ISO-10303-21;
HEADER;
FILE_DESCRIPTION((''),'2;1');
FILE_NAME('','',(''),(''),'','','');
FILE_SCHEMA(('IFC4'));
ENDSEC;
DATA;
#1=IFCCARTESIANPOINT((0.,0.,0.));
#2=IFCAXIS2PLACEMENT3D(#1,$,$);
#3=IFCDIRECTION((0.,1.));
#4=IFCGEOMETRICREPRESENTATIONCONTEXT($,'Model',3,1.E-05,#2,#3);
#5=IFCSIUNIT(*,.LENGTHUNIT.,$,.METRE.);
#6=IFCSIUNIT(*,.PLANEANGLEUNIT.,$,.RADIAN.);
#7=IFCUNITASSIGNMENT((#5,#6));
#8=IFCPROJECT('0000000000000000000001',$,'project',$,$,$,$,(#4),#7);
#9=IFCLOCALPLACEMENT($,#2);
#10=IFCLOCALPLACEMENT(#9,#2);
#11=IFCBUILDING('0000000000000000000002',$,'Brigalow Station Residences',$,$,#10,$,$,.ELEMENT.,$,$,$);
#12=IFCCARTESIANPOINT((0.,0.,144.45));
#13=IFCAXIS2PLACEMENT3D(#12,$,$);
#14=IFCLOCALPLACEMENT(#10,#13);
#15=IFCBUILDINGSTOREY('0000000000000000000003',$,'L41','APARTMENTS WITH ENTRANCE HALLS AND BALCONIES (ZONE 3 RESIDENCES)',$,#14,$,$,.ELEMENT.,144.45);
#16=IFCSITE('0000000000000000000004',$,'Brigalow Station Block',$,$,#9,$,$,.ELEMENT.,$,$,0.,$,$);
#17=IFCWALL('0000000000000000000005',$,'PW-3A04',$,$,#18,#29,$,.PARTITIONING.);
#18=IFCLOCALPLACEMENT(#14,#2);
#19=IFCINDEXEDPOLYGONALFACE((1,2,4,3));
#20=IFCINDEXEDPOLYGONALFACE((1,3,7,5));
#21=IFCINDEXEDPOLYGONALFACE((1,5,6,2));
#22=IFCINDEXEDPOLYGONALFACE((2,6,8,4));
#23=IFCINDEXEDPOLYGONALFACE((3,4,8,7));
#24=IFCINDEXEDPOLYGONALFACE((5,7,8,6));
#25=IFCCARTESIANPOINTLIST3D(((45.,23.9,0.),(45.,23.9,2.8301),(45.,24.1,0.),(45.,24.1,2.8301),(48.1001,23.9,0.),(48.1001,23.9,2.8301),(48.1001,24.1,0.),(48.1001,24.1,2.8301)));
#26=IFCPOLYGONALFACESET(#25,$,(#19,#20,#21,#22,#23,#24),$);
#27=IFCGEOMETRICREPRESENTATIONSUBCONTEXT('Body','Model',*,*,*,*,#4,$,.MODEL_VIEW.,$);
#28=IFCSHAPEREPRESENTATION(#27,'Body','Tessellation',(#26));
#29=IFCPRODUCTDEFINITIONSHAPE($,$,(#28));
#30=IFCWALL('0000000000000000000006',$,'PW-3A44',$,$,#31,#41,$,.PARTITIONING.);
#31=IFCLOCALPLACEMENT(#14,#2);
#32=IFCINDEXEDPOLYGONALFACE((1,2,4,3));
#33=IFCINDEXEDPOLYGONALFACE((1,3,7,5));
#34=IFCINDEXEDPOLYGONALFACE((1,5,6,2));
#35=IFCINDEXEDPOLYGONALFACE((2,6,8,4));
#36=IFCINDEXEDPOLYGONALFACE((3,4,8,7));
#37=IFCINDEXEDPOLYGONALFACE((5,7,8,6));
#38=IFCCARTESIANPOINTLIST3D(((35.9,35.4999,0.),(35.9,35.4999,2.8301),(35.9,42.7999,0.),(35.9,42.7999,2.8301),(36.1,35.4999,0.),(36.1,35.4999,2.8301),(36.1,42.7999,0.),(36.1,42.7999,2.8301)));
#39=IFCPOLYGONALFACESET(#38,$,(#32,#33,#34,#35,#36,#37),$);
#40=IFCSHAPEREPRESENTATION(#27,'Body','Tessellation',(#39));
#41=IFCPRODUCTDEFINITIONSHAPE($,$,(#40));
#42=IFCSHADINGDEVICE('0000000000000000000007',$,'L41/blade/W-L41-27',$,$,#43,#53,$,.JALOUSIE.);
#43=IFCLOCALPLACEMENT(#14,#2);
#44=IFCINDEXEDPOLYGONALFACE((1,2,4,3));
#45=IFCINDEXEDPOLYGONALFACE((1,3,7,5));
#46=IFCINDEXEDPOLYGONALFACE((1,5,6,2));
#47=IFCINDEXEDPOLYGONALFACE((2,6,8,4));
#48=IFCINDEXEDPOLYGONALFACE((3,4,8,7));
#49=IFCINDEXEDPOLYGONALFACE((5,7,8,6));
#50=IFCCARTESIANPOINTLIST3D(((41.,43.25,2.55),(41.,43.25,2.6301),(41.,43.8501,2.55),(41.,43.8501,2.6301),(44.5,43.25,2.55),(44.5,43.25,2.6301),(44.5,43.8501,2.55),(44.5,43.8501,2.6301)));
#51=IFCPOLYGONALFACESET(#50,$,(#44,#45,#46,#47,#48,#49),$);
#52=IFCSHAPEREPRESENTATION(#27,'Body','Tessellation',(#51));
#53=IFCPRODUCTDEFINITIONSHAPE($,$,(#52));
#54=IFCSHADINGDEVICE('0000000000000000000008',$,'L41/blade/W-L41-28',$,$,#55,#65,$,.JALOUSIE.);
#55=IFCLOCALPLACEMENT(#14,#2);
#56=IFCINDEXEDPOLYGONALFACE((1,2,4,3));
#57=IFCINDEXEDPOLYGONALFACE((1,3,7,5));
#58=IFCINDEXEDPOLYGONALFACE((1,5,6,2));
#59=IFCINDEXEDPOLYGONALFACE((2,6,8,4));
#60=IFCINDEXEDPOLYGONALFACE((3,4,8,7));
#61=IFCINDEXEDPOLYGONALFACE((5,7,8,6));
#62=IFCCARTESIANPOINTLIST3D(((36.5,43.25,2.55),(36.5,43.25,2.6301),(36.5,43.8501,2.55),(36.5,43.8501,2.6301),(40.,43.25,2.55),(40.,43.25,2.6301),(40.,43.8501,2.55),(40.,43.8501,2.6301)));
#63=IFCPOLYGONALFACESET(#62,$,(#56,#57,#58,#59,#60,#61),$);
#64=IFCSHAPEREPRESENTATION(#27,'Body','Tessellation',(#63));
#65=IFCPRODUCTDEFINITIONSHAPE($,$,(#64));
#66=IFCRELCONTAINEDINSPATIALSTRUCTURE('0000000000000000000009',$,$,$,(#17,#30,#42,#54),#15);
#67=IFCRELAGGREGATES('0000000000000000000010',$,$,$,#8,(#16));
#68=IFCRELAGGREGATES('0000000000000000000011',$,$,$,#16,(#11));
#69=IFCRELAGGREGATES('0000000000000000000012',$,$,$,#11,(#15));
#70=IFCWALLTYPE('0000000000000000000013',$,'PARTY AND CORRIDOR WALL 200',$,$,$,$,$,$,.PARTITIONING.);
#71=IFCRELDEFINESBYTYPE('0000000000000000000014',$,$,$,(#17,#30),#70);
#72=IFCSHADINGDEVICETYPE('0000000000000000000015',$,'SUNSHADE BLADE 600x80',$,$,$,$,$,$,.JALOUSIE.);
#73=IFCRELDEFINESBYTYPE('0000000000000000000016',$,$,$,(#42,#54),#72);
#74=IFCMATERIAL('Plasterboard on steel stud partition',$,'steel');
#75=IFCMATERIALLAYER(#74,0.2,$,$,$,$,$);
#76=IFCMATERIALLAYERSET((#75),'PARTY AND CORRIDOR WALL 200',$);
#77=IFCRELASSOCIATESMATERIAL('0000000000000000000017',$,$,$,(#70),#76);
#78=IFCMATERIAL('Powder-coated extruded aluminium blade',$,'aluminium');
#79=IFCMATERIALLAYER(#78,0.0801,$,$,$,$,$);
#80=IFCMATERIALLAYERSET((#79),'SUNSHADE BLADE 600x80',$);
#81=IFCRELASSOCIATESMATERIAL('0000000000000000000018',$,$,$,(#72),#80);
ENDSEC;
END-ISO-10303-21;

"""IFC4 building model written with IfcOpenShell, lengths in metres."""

from ifc_helpers import new_model, si_unit, direction, frame, frame_2d, origin, origin_2d, place, context, subcontext, project, spatial, rectangle, extrude, material, layer, layer_set, type_object, element, save


model = new_model("IFC4")

# Units and contexts
model_context = context("Model", 3, precision=1e-05, world=origin(), true_north=direction((0.0, 1.0)))
body_context = subcontext(model_context, "Body", "Model", "MODEL_VIEW")
ifc_project = project(units=[si_unit("LENGTHUNIT", "METRE"), si_unit("PLANEANGLEUNIT", "RADIAN")], contexts=[model_context])

# Site, building, storey
site_placement = place(None, origin())
site = spatial("IfcSite", under=ifc_project, at=site_placement, Name="Brigalow Station Block", CompositionType="ELEMENT", RefElevation=0.0)
building_placement = place(site_placement, origin())
building = spatial("IfcBuilding", under=site, at=building_placement, Name="Brigalow Station Residences", CompositionType="ELEMENT")
storey_placement = place(building_placement, frame((0.0, 0.0, 144.45)))
storey = spatial("IfcBuildingStorey", under=building, at=storey_placement, Name="L41", Description="APARTMENTS WITH ENTRANCE HALLS AND BALCONIES (ZONE 3 RESIDENCES)", CompositionType="ELEMENT", Elevation=144.45)

# Walls
ifc_material_1 = material(Name="Plasterboard on steel stud partition", Category="steel")
ifc_layer_1 = layer(ifc_material_1, 0.2)
ifc_layer_set_1 = layer_set([ifc_layer_1], Name="PARTY AND CORRIDOR WALL 200")
wall_type_1 = type_object("IfcWallType", Name="PARTY AND CORRIDOR WALL 200", PredefinedType="PARTITIONING", material=ifc_layer_set_1)
wall_1_placement = place(storey_placement, frame((45.0, 24.0, 0.0), z_axis=(0.0, 0.0, 1.0), x_axis=(1.0, 0.0, 0.0)))
element("IfcWall", 1, at=wall_1_placement, inside=storey, type_object=wall_type_1, Name="PW-3A04", PredefinedType="PARTITIONING", context=body_context, shape_type="SweptSolid", body=[
    extrude(rectangle(XDim=3.1001, YDim=0.2, at=frame_2d((1.55, 0.0))), origin(), (0.0, 0.0, 1.0), 2.8301),
])
wall_2_placement = place(storey_placement, frame((36.0, 35.5, 0.0), z_axis=(0.0, 0.0, 1.0), x_axis=(0.0, 1.0, 0.0)))
element("IfcWall", 2, at=wall_2_placement, inside=storey, type_object=wall_type_1, Name="PW-3A44", PredefinedType="PARTITIONING", context=body_context, shape_type="SweptSolid", body=[
    extrude(rectangle(XDim=7.3, YDim=0.2, at=frame_2d((3.6499, 0.0))), origin(), (0.0, 0.0, 1.0), 2.8301),
])

# Shading devices
ifc_material_2 = material(Name="Powder-coated extruded aluminium blade", Category="aluminium")
ifc_layer_2 = layer(ifc_material_2, 0.0801)
ifc_layer_set_2 = layer_set([ifc_layer_2], Name="SUNSHADE BLADE 600x80")
shading_device_type = type_object("IfcShadingDeviceType", Name="SUNSHADE BLADE 600x80", PredefinedType="JALOUSIE", material=ifc_layer_set_2)
for number, where, z_axis, x_axis, name in (
    (3, (42.75, 43.55, 2.55), (0.0, 0.0, 1.0), (-1.0, 0.0, 0.0), "L41/blade/W-L41-27"),
    (4, (38.25, 43.55, 2.55), (0.0, 0.0, 1.0), (-1.0, 0.0, 0.0), "L41/blade/W-L41-28"),
):
    element("IfcShadingDevice", number, at=place(storey_placement, frame(where, z_axis=z_axis, x_axis=x_axis)), inside=storey, type_object=shading_device_type, Name=name, PredefinedType="JALOUSIE", context=body_context, shape_type="SweptSolid", body=[
        extrude(rectangle(XDim=3.5, YDim=0.6001, at=origin_2d()), origin(), (0.0, 0.0, 1.0), 0.0801),
    ])

save(model, "model.ifc")
